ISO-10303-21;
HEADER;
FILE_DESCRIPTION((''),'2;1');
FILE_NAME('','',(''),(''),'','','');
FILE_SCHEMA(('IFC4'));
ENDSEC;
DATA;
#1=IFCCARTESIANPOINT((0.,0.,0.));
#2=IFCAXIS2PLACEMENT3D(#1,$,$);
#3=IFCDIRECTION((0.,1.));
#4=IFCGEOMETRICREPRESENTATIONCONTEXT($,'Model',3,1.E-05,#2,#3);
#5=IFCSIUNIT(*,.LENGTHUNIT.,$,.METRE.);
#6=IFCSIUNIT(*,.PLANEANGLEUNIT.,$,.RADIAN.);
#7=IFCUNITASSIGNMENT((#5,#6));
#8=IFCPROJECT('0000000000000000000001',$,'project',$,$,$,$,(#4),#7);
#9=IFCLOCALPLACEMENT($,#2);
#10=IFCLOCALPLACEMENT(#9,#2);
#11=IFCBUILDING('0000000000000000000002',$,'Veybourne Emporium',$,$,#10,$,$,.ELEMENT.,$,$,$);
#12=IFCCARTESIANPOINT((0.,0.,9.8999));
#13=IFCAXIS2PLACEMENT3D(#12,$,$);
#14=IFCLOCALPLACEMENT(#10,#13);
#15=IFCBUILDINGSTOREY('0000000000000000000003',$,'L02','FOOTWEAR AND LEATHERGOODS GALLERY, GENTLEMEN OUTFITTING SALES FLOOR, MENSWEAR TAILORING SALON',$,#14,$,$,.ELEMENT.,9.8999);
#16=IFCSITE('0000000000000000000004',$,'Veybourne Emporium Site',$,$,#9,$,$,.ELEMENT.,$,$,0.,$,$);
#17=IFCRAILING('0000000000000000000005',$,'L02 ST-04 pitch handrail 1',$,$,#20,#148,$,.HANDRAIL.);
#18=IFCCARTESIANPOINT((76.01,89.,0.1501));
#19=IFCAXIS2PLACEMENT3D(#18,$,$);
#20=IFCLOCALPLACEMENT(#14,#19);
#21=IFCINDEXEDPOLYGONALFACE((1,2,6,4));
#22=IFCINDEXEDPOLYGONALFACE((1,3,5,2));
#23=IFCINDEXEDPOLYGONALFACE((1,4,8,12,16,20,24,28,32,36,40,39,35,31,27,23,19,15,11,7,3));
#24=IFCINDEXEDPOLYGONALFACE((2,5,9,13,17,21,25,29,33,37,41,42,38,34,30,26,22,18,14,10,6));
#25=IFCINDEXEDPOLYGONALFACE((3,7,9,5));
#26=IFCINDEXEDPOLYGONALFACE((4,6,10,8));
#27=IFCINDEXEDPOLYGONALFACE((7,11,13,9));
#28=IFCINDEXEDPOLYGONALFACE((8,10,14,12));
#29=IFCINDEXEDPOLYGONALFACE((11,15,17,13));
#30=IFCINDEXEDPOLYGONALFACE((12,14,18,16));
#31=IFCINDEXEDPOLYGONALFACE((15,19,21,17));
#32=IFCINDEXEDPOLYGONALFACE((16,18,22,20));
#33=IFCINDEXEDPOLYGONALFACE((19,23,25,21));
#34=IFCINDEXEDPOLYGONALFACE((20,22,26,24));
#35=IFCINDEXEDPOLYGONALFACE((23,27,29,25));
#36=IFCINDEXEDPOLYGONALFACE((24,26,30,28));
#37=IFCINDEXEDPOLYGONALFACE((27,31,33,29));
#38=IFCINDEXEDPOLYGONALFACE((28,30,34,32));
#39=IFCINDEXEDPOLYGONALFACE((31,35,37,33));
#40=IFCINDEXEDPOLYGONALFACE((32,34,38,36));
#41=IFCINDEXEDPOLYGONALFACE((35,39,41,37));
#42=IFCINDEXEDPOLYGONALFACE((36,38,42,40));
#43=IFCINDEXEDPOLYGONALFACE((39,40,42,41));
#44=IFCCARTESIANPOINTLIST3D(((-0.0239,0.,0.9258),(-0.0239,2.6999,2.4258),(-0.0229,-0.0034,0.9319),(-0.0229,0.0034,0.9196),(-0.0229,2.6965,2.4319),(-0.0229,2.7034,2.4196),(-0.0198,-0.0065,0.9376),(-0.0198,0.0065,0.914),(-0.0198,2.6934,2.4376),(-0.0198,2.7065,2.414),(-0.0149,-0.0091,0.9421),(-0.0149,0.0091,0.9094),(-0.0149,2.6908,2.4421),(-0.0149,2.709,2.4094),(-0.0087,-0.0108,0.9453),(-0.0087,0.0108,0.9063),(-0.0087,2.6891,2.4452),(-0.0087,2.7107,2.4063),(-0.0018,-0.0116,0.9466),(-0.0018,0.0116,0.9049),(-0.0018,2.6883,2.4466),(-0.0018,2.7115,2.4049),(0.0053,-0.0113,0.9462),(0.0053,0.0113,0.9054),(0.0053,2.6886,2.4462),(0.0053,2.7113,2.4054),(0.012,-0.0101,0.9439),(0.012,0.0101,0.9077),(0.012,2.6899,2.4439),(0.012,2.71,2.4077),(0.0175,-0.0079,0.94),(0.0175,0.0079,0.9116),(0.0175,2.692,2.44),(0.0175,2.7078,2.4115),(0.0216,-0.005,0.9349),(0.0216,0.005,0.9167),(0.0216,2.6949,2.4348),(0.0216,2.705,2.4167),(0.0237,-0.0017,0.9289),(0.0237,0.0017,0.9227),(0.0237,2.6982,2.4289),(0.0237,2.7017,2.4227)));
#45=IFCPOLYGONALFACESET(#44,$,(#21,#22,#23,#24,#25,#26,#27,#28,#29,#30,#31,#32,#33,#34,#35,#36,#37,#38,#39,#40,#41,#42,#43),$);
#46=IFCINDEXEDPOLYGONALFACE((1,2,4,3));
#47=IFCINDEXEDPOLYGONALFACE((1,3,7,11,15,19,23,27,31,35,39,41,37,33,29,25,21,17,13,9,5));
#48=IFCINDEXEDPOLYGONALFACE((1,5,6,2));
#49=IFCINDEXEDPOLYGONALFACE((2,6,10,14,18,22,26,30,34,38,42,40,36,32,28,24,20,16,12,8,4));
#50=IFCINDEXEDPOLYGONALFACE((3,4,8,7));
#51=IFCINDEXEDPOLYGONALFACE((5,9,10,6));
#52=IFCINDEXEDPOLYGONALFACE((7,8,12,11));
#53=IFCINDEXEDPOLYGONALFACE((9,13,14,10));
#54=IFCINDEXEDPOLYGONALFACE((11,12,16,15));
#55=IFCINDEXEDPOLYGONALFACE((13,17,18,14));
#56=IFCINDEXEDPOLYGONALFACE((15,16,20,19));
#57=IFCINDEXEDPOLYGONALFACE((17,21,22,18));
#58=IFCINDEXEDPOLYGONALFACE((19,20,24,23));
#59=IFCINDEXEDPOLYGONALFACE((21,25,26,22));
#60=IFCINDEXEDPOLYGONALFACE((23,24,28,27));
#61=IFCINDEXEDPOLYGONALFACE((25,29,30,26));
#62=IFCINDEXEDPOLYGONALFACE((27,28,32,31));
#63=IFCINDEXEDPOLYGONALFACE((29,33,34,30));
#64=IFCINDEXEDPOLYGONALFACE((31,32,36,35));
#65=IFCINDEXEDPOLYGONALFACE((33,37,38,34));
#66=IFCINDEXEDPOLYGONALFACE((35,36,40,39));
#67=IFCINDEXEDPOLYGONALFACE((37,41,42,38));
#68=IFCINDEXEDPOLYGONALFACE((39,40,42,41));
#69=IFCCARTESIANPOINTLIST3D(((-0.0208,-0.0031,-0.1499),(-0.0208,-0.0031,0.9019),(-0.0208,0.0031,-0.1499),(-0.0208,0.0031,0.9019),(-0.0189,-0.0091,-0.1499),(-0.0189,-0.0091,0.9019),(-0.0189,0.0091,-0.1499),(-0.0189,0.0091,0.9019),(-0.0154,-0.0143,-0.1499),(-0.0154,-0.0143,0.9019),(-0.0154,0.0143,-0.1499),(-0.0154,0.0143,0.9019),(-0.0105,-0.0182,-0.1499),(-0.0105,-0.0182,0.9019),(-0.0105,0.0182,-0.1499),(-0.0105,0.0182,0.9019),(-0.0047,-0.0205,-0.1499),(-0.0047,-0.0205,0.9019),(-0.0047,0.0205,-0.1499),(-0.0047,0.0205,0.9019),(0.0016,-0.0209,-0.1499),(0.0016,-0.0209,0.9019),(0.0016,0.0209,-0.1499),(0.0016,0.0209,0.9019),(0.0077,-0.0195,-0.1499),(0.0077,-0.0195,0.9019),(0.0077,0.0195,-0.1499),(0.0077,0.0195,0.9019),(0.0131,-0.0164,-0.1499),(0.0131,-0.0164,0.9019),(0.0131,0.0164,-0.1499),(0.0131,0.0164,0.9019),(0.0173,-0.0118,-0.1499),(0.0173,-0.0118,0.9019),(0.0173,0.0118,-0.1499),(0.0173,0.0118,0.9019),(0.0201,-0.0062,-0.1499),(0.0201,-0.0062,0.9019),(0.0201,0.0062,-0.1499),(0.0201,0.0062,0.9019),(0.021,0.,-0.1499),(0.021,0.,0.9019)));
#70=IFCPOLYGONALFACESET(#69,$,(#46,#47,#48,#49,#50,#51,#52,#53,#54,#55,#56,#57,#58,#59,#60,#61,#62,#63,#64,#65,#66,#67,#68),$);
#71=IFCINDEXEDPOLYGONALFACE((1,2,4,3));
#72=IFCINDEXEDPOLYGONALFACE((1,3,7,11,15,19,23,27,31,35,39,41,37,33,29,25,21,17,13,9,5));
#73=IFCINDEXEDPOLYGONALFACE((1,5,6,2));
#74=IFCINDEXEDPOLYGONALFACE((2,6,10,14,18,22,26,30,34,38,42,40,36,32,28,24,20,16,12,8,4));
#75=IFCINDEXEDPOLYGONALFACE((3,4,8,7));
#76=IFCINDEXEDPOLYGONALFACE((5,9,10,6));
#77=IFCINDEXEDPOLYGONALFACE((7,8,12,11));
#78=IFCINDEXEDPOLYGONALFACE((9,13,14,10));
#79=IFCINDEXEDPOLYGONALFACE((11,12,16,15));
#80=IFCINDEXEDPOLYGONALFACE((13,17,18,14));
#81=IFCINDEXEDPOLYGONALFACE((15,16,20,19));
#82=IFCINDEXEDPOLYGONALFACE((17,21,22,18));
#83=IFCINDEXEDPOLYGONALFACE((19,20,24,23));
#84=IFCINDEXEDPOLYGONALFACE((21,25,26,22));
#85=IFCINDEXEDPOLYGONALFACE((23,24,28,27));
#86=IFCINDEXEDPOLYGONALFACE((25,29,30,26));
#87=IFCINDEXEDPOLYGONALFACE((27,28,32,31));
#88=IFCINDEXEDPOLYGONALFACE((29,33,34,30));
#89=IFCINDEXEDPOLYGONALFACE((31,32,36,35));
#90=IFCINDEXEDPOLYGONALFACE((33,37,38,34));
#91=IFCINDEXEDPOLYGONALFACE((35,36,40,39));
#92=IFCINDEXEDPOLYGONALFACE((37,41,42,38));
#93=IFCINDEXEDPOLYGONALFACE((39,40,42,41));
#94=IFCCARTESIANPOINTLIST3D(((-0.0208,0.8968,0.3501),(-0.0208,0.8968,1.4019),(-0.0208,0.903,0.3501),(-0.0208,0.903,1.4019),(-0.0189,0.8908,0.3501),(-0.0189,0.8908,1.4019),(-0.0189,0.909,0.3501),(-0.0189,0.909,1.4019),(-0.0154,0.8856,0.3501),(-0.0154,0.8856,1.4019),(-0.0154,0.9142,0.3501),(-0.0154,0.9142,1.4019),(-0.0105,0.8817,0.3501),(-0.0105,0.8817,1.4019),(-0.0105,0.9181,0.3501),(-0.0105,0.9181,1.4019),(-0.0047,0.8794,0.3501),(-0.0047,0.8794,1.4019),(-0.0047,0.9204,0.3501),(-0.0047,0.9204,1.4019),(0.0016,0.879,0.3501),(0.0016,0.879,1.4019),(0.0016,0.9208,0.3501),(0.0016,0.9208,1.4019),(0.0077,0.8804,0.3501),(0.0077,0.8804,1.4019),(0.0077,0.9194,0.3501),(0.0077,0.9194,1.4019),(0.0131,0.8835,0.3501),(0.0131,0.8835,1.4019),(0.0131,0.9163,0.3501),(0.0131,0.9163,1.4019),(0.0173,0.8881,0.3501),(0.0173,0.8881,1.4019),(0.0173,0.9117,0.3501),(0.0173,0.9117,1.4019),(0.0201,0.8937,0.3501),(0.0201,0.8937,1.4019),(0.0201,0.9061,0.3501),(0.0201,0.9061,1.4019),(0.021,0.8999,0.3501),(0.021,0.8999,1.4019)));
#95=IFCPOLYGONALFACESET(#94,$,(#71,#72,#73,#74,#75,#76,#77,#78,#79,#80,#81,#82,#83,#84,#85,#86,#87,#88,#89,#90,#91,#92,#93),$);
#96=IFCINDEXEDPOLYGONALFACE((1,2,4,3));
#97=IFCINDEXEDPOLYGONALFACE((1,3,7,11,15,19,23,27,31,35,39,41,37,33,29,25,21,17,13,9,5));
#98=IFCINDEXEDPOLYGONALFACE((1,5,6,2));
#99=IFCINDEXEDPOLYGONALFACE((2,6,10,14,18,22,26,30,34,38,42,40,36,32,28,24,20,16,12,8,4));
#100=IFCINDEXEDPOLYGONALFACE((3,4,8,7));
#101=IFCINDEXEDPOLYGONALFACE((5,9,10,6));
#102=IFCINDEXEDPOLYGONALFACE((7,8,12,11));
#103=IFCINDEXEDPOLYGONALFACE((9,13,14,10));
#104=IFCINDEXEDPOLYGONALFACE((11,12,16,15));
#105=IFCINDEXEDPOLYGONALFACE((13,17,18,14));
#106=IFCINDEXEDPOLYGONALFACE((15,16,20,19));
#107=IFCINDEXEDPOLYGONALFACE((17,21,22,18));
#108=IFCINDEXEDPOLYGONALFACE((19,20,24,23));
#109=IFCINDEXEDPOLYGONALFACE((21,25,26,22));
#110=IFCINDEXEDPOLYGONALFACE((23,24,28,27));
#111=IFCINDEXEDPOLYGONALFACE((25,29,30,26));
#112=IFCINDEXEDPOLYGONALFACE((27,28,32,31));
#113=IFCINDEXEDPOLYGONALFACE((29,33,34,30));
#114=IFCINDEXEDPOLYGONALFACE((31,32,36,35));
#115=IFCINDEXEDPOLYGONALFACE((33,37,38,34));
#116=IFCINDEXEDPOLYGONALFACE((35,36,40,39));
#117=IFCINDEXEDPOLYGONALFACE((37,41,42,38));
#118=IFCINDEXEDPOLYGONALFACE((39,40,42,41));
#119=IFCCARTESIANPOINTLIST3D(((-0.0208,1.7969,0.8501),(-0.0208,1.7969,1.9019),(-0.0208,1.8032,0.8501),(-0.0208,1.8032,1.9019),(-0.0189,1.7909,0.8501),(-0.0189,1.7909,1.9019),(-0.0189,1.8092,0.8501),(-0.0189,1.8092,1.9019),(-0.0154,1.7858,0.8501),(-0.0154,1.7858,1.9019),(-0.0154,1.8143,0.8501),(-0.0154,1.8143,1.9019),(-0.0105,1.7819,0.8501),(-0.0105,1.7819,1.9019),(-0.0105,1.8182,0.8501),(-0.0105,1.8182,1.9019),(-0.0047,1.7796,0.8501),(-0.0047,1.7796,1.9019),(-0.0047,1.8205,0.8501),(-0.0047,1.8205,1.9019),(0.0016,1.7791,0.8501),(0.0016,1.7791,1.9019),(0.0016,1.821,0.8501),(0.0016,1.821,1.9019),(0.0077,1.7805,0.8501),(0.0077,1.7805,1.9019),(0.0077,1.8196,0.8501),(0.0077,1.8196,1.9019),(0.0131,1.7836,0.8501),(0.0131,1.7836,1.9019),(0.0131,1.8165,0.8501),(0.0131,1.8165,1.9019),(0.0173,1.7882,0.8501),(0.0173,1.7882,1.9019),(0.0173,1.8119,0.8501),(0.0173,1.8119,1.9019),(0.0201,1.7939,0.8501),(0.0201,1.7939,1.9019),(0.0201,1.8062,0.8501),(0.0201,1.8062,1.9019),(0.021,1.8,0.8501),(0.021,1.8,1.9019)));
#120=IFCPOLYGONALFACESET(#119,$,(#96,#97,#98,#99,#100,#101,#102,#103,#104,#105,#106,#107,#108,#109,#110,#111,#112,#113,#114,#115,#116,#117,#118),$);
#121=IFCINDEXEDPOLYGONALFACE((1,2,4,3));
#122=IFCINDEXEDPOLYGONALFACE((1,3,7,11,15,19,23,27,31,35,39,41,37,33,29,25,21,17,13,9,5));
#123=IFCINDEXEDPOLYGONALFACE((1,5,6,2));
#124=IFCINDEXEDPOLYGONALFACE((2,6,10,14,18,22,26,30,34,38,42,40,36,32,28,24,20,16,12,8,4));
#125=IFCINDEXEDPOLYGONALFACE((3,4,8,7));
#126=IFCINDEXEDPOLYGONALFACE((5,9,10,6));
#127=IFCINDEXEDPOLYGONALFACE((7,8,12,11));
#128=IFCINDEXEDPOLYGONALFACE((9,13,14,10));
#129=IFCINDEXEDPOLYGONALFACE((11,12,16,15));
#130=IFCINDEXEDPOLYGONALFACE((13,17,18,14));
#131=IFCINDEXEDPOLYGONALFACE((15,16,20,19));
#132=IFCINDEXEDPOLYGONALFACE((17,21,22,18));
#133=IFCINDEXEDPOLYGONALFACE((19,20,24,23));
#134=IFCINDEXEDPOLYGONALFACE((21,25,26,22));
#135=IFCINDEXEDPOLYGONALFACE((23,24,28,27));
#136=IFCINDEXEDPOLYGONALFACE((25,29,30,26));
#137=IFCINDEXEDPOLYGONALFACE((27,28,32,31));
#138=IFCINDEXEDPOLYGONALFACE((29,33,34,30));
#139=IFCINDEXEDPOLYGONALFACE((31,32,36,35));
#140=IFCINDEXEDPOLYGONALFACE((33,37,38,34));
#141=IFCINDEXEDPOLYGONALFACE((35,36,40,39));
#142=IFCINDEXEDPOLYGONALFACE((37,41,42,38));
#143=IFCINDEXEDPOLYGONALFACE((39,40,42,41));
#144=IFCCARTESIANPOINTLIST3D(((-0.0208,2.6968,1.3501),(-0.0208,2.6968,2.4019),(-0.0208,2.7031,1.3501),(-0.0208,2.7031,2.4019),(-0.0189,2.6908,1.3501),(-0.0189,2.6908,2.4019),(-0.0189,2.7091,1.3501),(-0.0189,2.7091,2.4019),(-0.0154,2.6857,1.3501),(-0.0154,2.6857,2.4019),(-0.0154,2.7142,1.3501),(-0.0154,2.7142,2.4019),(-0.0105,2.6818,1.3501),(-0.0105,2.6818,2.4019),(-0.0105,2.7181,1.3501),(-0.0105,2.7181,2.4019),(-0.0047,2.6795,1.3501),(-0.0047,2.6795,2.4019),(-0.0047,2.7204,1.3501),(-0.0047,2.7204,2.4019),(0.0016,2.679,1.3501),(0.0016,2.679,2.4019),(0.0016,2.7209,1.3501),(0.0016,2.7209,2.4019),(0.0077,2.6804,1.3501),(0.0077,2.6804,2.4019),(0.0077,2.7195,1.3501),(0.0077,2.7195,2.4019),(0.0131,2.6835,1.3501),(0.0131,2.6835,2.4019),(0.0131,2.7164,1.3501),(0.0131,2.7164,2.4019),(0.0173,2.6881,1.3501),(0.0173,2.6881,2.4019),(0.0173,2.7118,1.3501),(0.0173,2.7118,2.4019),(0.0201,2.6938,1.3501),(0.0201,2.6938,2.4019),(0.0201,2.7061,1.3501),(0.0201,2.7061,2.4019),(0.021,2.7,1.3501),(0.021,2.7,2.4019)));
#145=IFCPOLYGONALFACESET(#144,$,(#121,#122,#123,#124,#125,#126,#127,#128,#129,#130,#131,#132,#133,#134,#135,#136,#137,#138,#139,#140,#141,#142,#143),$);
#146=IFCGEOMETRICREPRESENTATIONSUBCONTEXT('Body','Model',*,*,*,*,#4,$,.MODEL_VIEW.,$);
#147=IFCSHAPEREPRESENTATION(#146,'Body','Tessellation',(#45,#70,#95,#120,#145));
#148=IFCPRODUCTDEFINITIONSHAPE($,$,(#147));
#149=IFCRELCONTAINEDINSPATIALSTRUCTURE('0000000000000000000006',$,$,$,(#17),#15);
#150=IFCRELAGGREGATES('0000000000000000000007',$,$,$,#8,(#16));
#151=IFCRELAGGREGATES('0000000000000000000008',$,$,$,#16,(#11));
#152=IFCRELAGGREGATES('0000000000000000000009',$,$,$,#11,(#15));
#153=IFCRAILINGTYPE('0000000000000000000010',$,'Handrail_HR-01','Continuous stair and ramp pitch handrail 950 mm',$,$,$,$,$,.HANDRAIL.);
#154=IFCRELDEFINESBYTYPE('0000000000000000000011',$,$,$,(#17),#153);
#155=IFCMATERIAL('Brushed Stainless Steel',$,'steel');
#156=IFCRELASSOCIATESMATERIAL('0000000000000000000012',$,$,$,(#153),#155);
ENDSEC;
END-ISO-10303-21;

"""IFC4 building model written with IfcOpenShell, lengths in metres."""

from ifc_helpers import new_model, si_unit, direction, frame, origin, origin_2d, place, context, subcontext, project, spatial, circle, extrude, material, type_object, element, save


model = new_model("IFC4")

# Units and contexts
model_context = context("Model", 3, precision=1e-05, world=origin(), true_north=direction((0.0, 1.0)))
body_context = subcontext(model_context, "Body", "Model", "MODEL_VIEW")
ifc_project = project(units=[si_unit("LENGTHUNIT", "METRE"), si_unit("PLANEANGLEUNIT", "RADIAN")], contexts=[model_context])

# Site, building, storey
site_placement = place(None, origin())
site = spatial("IfcSite", under=ifc_project, at=site_placement, Name="Veybourne Emporium Site", CompositionType="ELEMENT", RefElevation=0.0)
building_placement = place(site_placement, origin())
building = spatial("IfcBuilding", under=site, at=building_placement, Name="Veybourne Emporium", CompositionType="ELEMENT")
storey_placement = place(building_placement, frame((0.0, 0.0, 9.8999)))
storey = spatial("IfcBuildingStorey", under=building, at=storey_placement, Name="L02", Description="FOOTWEAR AND LEATHERGOODS GALLERY, GENTLEMEN OUTFITTING SALES FLOOR, MENSWEAR TAILORING SALON", CompositionType="ELEMENT", Elevation=9.8999)

# Railing
ifc_material_1 = material(Name="Brushed Stainless Steel", Category="steel")
railing_type = type_object("IfcRailingType", Name="Handrail_HR-01", Description="Continuous stair and ramp pitch handrail 950 mm", PredefinedType="HANDRAIL", material=ifc_material_1)
railing_placement = place(storey_placement, frame((76.01, 89.0, 0.1501)))
element("IfcRailing", 1, at=railing_placement, inside=storey, type_object=railing_type, Name="L02 ST-04 pitch handrail 1", PredefinedType="HANDRAIL", context=body_context, shape_type="SweptSolid", body=[
    extrude(circle(Radius=0.0239, at=origin_2d()), frame((0.0, 0.0, 0.9258), z_axis=(0.0, 0.874154, 0.48565), x_axis=(-1.0, 0.0, 0.0)), (0.0, 0.0, 1.0), 3.0886),
    extrude(circle(Radius=0.021, at=origin_2d()), frame((0.0, 0.0, -0.1499)), (0.0, 0.0, 1.0), 1.0518),
    extrude(circle(Radius=0.021, at=origin_2d()), frame((0.0, 0.8999, 0.3501)), (0.0, 0.0, 1.0), 1.0518),
    extrude(circle(Radius=0.021, at=origin_2d()), frame((0.0, 1.8, 0.8501)), (0.0, 0.0, 1.0), 1.0518),
    extrude(circle(Radius=0.021, at=origin_2d()), frame((0.0, 2.7, 1.3501)), (0.0, 0.0, 1.0), 1.0518),
])

save(model, "model.ifc")
